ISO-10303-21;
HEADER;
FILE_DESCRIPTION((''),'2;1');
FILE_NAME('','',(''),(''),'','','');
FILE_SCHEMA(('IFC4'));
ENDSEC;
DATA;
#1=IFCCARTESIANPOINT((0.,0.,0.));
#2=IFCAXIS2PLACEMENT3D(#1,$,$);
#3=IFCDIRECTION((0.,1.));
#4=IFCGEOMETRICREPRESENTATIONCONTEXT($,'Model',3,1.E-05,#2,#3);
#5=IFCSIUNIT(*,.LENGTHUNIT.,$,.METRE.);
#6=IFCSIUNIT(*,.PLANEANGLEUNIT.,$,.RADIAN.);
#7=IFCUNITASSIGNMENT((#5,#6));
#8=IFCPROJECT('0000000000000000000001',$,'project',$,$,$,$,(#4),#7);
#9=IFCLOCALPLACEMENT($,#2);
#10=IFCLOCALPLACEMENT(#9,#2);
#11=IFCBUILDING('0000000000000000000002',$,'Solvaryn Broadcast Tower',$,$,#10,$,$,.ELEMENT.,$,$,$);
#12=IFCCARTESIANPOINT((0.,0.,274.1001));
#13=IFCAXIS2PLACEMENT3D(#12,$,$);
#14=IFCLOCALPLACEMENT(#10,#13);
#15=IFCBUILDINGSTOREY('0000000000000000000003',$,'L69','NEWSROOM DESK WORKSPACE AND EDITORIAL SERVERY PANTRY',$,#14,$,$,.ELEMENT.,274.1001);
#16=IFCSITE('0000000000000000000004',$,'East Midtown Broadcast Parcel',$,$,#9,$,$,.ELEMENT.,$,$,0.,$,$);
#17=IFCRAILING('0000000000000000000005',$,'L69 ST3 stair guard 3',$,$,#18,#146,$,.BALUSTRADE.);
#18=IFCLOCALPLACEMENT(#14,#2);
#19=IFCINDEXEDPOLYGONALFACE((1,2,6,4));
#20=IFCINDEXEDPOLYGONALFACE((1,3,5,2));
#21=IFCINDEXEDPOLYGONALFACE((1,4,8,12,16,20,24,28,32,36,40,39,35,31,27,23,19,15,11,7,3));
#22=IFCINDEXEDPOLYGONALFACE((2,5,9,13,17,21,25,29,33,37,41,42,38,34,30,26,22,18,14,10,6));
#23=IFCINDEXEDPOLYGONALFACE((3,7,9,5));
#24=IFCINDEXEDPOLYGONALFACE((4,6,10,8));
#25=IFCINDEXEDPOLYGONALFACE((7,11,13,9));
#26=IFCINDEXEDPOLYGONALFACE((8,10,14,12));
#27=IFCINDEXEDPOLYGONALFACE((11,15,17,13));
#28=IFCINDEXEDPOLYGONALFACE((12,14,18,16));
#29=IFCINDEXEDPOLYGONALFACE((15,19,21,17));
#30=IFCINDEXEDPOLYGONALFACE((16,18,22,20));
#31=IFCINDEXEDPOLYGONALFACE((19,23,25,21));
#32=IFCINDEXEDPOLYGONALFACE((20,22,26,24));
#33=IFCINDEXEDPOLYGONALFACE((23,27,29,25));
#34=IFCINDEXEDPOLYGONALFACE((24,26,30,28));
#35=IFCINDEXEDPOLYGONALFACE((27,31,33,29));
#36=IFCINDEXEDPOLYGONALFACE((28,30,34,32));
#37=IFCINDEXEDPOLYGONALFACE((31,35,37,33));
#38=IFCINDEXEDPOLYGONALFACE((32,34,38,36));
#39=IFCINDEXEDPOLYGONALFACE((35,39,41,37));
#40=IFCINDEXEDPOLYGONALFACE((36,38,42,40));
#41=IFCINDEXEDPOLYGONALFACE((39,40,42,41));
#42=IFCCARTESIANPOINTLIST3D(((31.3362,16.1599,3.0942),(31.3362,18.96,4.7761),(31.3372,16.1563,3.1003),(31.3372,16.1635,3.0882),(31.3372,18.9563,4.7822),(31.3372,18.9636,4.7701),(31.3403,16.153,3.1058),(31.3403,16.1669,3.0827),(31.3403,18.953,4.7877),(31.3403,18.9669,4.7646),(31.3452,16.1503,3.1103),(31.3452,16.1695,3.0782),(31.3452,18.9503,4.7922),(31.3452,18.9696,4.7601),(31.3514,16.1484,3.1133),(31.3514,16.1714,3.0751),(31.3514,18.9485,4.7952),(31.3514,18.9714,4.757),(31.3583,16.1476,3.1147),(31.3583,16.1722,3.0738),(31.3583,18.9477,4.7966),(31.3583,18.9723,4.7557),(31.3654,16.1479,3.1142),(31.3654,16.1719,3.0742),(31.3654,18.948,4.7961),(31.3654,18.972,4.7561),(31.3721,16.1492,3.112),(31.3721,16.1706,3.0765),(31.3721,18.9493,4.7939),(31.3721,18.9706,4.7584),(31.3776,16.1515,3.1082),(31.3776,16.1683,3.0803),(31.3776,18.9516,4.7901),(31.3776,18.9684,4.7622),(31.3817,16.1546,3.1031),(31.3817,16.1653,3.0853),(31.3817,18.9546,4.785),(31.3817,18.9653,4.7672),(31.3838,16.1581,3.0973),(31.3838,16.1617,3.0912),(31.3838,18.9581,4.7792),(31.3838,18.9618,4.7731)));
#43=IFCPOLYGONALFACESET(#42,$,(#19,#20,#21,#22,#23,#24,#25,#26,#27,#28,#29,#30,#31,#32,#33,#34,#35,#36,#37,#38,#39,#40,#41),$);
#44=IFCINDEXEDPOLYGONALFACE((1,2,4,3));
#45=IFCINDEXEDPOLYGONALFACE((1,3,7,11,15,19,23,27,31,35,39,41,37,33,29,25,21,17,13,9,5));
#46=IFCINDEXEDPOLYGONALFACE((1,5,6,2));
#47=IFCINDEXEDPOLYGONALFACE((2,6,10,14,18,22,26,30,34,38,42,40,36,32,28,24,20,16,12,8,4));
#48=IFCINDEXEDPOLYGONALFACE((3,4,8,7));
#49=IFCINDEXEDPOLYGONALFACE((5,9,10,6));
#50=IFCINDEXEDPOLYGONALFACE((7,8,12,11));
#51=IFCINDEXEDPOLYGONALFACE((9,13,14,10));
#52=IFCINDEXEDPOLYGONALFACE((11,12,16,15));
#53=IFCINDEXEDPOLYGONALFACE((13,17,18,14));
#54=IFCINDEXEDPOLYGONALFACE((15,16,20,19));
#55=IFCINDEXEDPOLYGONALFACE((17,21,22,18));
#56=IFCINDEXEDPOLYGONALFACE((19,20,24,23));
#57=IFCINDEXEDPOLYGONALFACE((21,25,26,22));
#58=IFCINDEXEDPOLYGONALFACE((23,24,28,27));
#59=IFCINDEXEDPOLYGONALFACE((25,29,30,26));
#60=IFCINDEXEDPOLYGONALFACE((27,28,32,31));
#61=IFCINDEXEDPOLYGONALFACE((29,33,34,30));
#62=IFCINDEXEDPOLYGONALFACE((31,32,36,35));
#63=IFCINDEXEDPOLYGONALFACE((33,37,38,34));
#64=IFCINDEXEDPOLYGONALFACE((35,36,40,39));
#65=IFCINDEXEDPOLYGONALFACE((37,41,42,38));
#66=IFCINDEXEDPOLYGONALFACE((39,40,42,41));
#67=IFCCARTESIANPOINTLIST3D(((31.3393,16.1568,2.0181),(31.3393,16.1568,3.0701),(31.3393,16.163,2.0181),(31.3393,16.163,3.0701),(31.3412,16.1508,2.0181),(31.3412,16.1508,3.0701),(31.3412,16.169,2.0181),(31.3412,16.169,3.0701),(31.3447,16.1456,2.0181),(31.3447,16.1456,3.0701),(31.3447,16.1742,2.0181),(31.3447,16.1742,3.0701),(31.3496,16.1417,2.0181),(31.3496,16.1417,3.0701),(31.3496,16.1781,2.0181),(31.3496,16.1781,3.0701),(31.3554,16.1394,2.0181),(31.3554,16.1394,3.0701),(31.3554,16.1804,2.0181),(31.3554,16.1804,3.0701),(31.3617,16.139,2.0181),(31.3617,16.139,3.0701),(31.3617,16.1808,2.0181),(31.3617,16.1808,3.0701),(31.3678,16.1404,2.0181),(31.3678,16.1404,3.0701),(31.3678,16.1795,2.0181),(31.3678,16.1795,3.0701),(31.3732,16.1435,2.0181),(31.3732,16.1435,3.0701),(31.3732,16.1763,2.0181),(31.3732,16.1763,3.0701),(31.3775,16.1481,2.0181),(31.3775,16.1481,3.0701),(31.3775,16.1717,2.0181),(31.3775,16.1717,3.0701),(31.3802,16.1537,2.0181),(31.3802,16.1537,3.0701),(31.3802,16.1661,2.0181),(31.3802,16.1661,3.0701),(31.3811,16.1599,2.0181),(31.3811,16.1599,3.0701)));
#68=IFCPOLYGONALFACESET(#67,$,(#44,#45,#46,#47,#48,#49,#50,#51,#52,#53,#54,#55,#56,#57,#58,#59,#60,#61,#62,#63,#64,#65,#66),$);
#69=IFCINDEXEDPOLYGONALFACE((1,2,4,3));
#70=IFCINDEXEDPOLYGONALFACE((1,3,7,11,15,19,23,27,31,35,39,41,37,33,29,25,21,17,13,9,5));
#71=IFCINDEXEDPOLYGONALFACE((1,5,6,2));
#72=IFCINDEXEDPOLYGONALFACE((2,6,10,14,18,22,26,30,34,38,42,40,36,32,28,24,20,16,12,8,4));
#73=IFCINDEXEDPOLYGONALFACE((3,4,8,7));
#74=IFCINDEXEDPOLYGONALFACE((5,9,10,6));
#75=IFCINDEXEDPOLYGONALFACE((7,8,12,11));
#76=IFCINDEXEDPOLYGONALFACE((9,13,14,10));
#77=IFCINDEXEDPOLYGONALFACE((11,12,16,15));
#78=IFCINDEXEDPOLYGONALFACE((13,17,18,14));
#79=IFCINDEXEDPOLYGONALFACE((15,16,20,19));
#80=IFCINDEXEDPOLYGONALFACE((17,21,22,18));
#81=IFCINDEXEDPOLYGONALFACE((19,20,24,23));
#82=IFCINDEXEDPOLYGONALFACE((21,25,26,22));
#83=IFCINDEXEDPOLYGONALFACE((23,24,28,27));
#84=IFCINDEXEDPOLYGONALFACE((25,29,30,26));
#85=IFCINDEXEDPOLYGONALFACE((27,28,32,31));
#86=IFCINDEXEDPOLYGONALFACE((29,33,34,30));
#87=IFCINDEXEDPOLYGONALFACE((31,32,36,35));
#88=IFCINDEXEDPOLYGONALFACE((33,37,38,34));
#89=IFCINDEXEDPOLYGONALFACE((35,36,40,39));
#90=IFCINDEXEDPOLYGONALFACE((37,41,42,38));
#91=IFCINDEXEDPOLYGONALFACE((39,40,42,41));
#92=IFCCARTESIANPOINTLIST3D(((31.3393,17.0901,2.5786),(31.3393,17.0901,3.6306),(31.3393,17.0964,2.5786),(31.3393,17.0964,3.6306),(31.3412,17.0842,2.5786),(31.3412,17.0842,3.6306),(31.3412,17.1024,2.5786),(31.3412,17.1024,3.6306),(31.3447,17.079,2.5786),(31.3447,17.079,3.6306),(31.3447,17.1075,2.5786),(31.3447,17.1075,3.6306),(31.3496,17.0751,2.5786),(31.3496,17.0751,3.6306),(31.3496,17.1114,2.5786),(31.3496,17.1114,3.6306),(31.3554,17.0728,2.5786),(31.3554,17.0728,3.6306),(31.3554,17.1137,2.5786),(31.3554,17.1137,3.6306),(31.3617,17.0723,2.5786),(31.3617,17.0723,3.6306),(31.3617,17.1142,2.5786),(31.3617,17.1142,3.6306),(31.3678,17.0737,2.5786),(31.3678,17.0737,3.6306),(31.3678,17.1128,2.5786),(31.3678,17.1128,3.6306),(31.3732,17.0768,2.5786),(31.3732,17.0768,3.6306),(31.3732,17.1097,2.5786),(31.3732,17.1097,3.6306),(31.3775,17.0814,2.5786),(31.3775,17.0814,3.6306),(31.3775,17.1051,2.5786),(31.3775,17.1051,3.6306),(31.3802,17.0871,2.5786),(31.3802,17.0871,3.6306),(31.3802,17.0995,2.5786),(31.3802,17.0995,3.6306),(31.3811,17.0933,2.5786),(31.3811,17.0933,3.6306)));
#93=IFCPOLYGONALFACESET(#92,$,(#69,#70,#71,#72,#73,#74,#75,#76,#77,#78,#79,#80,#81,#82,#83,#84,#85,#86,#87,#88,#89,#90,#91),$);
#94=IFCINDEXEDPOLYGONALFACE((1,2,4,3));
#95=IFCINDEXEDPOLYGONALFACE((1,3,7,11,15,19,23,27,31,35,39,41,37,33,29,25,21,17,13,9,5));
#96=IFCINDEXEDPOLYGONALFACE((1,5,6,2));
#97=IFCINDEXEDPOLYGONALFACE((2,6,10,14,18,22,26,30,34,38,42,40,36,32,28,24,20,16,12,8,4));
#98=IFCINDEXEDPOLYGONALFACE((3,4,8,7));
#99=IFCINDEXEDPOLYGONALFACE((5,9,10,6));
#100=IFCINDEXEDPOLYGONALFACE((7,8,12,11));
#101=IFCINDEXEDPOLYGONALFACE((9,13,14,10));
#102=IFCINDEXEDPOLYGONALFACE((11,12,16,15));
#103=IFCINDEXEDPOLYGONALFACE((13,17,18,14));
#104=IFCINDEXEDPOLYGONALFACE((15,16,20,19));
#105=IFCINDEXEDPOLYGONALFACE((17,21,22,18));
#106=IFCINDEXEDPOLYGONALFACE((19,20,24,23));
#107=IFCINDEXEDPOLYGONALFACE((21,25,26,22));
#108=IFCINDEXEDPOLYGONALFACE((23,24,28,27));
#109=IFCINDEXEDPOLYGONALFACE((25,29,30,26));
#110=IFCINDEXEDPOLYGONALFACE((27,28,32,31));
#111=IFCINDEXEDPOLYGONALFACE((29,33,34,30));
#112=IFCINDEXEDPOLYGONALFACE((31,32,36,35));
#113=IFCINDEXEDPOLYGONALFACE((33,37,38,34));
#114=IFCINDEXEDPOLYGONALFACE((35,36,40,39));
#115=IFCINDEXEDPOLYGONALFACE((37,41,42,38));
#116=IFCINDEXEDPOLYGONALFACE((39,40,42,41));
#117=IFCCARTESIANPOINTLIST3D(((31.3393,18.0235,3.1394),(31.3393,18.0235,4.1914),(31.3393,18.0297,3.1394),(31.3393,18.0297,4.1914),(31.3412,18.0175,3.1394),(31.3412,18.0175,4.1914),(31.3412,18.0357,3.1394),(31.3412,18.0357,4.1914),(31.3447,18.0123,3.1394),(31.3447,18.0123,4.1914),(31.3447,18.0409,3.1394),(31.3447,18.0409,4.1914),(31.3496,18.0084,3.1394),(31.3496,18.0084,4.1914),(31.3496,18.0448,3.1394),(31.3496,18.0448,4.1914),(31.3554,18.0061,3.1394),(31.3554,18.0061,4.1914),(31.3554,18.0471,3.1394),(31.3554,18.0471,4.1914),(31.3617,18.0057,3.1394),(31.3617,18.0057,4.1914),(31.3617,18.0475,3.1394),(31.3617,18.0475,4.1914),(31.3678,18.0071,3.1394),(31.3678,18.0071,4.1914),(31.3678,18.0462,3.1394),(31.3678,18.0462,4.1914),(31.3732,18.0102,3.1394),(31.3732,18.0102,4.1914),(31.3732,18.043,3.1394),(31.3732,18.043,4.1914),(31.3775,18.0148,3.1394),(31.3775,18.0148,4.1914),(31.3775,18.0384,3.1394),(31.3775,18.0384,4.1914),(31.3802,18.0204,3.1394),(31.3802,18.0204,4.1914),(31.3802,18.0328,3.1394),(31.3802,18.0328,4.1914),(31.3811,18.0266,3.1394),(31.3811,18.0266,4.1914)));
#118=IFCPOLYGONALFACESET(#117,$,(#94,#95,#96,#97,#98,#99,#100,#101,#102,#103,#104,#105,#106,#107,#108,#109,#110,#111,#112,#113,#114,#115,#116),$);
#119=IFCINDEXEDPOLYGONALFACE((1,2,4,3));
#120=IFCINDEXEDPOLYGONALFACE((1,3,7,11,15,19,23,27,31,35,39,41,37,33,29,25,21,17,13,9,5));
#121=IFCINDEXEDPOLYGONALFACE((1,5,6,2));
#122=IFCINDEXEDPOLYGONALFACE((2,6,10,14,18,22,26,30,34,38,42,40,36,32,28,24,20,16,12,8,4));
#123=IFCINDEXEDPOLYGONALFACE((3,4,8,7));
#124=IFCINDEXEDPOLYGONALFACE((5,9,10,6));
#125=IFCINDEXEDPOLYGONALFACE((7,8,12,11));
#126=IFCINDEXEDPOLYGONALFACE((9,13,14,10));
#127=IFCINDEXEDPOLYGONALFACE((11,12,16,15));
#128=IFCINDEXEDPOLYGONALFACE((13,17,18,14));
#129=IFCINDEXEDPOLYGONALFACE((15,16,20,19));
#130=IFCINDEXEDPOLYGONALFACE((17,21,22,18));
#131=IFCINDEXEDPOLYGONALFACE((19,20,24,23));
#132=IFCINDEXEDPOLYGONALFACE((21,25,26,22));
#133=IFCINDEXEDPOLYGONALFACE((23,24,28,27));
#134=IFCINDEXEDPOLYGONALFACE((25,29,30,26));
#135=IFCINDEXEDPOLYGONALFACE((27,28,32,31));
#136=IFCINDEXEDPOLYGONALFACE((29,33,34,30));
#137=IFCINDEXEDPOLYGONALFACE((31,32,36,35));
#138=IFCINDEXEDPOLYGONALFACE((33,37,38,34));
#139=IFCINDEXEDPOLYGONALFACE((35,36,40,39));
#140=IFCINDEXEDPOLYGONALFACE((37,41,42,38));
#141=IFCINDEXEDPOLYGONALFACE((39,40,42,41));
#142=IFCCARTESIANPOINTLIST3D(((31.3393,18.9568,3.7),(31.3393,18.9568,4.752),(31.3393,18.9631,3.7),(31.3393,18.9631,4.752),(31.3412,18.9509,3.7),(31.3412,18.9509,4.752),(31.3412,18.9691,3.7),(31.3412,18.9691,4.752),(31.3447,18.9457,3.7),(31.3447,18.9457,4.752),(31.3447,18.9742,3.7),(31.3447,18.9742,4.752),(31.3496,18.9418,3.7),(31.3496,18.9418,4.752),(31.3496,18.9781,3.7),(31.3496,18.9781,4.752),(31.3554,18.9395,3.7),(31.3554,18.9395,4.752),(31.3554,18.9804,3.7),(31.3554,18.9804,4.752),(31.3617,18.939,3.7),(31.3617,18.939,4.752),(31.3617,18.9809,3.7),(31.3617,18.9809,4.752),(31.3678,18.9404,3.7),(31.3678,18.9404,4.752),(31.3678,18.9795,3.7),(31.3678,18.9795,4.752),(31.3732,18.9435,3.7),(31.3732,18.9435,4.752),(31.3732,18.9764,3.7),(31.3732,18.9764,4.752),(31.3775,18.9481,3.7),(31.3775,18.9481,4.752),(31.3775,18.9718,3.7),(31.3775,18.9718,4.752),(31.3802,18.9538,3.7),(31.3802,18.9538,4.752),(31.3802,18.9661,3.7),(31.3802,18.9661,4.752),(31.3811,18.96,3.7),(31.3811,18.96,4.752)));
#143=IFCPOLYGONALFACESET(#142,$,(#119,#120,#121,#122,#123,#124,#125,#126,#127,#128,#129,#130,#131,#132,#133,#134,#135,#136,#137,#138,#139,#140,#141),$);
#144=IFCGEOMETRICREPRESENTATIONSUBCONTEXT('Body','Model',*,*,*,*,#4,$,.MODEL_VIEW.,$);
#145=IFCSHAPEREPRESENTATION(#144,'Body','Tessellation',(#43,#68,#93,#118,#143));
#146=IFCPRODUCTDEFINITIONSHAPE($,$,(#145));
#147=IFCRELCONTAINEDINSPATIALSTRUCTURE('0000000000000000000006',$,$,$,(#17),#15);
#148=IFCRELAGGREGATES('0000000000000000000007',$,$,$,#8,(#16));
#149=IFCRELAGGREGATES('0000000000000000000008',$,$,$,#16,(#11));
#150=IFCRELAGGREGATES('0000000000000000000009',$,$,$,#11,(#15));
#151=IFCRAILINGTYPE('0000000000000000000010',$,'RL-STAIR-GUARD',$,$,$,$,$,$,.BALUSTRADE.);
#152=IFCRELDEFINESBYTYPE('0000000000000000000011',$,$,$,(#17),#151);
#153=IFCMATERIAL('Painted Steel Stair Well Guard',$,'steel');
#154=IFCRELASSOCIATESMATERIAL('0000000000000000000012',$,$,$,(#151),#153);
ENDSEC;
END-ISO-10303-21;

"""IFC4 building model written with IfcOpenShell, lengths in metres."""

from ifc_helpers import new_model, si_unit, direction, frame, origin, origin_2d, place, context, subcontext, project, spatial, circle, extrude, material, type_object, element, save


model = new_model("IFC4")

# Units and contexts
model_context = context("Model", 3, precision=1e-05, world=origin(), true_north=direction((0.0, 1.0)))
body_context = subcontext(model_context, "Body", "Model", "MODEL_VIEW")
ifc_project = project(units=[si_unit("LENGTHUNIT", "METRE"), si_unit("PLANEANGLEUNIT", "RADIAN")], contexts=[model_context])

# Site, building, storey
site_placement = place(None, origin())
site = spatial("IfcSite", under=ifc_project, at=site_placement, Name="East Midtown Broadcast Parcel", CompositionType="ELEMENT", RefElevation=0.0)
building_placement = place(site_placement, origin())
building = spatial("IfcBuilding", under=site, at=building_placement, Name="Solvaryn Broadcast Tower", CompositionType="ELEMENT")
storey_placement = place(building_placement, frame((0.0, 0.0, 274.1001)))
storey = spatial("IfcBuildingStorey", under=building, at=storey_placement, Name="L69", Description="NEWSROOM DESK WORKSPACE AND EDITORIAL SERVERY PANTRY", CompositionType="ELEMENT", Elevation=274.1001)

# Railing
ifc_material_1 = material(Name="Painted Steel Stair Well Guard", Category="steel")
railing_type_1 = type_object("IfcRailingType", Name="RL-STAIR-GUARD", PredefinedType="BALUSTRADE", material=ifc_material_1)
railing_1_placement = place(storey_placement, frame((31.3601, 16.1599, 2.0181)))
element("IfcRailing", 1, at=railing_1_placement, inside=storey, type_object=railing_type_1, Name="L69 ST3 stair guard 3", PredefinedType="BALUSTRADE", context=body_context, shape_type="SweptSolid", body=[
    extrude(circle(Radius=0.0239, at=origin_2d()), frame((0.0, 0.0, 1.0762), z_axis=(0.0, 0.857242, 0.514913), x_axis=(-1.0, 0.0, 0.0)), (0.0, 0.0, 1.0), 3.2664),
    extrude(circle(Radius=0.021, at=origin_2d()), origin(), (0.0, 0.0, 1.0), 1.052),
    extrude(circle(Radius=0.021, at=origin_2d()), frame((0.0, 0.9333, 0.5605)), (0.0, 0.0, 1.0), 1.052),
    extrude(circle(Radius=0.021, at=origin_2d()), frame((0.0, 1.8667, 1.1213)), (0.0, 0.0, 1.0), 1.052),
    extrude(circle(Radius=0.021, at=origin_2d()), frame((0.0, 2.8, 1.6819)), (0.0, 0.0, 1.0), 1.052),
])

save(model, "model.ifc")
